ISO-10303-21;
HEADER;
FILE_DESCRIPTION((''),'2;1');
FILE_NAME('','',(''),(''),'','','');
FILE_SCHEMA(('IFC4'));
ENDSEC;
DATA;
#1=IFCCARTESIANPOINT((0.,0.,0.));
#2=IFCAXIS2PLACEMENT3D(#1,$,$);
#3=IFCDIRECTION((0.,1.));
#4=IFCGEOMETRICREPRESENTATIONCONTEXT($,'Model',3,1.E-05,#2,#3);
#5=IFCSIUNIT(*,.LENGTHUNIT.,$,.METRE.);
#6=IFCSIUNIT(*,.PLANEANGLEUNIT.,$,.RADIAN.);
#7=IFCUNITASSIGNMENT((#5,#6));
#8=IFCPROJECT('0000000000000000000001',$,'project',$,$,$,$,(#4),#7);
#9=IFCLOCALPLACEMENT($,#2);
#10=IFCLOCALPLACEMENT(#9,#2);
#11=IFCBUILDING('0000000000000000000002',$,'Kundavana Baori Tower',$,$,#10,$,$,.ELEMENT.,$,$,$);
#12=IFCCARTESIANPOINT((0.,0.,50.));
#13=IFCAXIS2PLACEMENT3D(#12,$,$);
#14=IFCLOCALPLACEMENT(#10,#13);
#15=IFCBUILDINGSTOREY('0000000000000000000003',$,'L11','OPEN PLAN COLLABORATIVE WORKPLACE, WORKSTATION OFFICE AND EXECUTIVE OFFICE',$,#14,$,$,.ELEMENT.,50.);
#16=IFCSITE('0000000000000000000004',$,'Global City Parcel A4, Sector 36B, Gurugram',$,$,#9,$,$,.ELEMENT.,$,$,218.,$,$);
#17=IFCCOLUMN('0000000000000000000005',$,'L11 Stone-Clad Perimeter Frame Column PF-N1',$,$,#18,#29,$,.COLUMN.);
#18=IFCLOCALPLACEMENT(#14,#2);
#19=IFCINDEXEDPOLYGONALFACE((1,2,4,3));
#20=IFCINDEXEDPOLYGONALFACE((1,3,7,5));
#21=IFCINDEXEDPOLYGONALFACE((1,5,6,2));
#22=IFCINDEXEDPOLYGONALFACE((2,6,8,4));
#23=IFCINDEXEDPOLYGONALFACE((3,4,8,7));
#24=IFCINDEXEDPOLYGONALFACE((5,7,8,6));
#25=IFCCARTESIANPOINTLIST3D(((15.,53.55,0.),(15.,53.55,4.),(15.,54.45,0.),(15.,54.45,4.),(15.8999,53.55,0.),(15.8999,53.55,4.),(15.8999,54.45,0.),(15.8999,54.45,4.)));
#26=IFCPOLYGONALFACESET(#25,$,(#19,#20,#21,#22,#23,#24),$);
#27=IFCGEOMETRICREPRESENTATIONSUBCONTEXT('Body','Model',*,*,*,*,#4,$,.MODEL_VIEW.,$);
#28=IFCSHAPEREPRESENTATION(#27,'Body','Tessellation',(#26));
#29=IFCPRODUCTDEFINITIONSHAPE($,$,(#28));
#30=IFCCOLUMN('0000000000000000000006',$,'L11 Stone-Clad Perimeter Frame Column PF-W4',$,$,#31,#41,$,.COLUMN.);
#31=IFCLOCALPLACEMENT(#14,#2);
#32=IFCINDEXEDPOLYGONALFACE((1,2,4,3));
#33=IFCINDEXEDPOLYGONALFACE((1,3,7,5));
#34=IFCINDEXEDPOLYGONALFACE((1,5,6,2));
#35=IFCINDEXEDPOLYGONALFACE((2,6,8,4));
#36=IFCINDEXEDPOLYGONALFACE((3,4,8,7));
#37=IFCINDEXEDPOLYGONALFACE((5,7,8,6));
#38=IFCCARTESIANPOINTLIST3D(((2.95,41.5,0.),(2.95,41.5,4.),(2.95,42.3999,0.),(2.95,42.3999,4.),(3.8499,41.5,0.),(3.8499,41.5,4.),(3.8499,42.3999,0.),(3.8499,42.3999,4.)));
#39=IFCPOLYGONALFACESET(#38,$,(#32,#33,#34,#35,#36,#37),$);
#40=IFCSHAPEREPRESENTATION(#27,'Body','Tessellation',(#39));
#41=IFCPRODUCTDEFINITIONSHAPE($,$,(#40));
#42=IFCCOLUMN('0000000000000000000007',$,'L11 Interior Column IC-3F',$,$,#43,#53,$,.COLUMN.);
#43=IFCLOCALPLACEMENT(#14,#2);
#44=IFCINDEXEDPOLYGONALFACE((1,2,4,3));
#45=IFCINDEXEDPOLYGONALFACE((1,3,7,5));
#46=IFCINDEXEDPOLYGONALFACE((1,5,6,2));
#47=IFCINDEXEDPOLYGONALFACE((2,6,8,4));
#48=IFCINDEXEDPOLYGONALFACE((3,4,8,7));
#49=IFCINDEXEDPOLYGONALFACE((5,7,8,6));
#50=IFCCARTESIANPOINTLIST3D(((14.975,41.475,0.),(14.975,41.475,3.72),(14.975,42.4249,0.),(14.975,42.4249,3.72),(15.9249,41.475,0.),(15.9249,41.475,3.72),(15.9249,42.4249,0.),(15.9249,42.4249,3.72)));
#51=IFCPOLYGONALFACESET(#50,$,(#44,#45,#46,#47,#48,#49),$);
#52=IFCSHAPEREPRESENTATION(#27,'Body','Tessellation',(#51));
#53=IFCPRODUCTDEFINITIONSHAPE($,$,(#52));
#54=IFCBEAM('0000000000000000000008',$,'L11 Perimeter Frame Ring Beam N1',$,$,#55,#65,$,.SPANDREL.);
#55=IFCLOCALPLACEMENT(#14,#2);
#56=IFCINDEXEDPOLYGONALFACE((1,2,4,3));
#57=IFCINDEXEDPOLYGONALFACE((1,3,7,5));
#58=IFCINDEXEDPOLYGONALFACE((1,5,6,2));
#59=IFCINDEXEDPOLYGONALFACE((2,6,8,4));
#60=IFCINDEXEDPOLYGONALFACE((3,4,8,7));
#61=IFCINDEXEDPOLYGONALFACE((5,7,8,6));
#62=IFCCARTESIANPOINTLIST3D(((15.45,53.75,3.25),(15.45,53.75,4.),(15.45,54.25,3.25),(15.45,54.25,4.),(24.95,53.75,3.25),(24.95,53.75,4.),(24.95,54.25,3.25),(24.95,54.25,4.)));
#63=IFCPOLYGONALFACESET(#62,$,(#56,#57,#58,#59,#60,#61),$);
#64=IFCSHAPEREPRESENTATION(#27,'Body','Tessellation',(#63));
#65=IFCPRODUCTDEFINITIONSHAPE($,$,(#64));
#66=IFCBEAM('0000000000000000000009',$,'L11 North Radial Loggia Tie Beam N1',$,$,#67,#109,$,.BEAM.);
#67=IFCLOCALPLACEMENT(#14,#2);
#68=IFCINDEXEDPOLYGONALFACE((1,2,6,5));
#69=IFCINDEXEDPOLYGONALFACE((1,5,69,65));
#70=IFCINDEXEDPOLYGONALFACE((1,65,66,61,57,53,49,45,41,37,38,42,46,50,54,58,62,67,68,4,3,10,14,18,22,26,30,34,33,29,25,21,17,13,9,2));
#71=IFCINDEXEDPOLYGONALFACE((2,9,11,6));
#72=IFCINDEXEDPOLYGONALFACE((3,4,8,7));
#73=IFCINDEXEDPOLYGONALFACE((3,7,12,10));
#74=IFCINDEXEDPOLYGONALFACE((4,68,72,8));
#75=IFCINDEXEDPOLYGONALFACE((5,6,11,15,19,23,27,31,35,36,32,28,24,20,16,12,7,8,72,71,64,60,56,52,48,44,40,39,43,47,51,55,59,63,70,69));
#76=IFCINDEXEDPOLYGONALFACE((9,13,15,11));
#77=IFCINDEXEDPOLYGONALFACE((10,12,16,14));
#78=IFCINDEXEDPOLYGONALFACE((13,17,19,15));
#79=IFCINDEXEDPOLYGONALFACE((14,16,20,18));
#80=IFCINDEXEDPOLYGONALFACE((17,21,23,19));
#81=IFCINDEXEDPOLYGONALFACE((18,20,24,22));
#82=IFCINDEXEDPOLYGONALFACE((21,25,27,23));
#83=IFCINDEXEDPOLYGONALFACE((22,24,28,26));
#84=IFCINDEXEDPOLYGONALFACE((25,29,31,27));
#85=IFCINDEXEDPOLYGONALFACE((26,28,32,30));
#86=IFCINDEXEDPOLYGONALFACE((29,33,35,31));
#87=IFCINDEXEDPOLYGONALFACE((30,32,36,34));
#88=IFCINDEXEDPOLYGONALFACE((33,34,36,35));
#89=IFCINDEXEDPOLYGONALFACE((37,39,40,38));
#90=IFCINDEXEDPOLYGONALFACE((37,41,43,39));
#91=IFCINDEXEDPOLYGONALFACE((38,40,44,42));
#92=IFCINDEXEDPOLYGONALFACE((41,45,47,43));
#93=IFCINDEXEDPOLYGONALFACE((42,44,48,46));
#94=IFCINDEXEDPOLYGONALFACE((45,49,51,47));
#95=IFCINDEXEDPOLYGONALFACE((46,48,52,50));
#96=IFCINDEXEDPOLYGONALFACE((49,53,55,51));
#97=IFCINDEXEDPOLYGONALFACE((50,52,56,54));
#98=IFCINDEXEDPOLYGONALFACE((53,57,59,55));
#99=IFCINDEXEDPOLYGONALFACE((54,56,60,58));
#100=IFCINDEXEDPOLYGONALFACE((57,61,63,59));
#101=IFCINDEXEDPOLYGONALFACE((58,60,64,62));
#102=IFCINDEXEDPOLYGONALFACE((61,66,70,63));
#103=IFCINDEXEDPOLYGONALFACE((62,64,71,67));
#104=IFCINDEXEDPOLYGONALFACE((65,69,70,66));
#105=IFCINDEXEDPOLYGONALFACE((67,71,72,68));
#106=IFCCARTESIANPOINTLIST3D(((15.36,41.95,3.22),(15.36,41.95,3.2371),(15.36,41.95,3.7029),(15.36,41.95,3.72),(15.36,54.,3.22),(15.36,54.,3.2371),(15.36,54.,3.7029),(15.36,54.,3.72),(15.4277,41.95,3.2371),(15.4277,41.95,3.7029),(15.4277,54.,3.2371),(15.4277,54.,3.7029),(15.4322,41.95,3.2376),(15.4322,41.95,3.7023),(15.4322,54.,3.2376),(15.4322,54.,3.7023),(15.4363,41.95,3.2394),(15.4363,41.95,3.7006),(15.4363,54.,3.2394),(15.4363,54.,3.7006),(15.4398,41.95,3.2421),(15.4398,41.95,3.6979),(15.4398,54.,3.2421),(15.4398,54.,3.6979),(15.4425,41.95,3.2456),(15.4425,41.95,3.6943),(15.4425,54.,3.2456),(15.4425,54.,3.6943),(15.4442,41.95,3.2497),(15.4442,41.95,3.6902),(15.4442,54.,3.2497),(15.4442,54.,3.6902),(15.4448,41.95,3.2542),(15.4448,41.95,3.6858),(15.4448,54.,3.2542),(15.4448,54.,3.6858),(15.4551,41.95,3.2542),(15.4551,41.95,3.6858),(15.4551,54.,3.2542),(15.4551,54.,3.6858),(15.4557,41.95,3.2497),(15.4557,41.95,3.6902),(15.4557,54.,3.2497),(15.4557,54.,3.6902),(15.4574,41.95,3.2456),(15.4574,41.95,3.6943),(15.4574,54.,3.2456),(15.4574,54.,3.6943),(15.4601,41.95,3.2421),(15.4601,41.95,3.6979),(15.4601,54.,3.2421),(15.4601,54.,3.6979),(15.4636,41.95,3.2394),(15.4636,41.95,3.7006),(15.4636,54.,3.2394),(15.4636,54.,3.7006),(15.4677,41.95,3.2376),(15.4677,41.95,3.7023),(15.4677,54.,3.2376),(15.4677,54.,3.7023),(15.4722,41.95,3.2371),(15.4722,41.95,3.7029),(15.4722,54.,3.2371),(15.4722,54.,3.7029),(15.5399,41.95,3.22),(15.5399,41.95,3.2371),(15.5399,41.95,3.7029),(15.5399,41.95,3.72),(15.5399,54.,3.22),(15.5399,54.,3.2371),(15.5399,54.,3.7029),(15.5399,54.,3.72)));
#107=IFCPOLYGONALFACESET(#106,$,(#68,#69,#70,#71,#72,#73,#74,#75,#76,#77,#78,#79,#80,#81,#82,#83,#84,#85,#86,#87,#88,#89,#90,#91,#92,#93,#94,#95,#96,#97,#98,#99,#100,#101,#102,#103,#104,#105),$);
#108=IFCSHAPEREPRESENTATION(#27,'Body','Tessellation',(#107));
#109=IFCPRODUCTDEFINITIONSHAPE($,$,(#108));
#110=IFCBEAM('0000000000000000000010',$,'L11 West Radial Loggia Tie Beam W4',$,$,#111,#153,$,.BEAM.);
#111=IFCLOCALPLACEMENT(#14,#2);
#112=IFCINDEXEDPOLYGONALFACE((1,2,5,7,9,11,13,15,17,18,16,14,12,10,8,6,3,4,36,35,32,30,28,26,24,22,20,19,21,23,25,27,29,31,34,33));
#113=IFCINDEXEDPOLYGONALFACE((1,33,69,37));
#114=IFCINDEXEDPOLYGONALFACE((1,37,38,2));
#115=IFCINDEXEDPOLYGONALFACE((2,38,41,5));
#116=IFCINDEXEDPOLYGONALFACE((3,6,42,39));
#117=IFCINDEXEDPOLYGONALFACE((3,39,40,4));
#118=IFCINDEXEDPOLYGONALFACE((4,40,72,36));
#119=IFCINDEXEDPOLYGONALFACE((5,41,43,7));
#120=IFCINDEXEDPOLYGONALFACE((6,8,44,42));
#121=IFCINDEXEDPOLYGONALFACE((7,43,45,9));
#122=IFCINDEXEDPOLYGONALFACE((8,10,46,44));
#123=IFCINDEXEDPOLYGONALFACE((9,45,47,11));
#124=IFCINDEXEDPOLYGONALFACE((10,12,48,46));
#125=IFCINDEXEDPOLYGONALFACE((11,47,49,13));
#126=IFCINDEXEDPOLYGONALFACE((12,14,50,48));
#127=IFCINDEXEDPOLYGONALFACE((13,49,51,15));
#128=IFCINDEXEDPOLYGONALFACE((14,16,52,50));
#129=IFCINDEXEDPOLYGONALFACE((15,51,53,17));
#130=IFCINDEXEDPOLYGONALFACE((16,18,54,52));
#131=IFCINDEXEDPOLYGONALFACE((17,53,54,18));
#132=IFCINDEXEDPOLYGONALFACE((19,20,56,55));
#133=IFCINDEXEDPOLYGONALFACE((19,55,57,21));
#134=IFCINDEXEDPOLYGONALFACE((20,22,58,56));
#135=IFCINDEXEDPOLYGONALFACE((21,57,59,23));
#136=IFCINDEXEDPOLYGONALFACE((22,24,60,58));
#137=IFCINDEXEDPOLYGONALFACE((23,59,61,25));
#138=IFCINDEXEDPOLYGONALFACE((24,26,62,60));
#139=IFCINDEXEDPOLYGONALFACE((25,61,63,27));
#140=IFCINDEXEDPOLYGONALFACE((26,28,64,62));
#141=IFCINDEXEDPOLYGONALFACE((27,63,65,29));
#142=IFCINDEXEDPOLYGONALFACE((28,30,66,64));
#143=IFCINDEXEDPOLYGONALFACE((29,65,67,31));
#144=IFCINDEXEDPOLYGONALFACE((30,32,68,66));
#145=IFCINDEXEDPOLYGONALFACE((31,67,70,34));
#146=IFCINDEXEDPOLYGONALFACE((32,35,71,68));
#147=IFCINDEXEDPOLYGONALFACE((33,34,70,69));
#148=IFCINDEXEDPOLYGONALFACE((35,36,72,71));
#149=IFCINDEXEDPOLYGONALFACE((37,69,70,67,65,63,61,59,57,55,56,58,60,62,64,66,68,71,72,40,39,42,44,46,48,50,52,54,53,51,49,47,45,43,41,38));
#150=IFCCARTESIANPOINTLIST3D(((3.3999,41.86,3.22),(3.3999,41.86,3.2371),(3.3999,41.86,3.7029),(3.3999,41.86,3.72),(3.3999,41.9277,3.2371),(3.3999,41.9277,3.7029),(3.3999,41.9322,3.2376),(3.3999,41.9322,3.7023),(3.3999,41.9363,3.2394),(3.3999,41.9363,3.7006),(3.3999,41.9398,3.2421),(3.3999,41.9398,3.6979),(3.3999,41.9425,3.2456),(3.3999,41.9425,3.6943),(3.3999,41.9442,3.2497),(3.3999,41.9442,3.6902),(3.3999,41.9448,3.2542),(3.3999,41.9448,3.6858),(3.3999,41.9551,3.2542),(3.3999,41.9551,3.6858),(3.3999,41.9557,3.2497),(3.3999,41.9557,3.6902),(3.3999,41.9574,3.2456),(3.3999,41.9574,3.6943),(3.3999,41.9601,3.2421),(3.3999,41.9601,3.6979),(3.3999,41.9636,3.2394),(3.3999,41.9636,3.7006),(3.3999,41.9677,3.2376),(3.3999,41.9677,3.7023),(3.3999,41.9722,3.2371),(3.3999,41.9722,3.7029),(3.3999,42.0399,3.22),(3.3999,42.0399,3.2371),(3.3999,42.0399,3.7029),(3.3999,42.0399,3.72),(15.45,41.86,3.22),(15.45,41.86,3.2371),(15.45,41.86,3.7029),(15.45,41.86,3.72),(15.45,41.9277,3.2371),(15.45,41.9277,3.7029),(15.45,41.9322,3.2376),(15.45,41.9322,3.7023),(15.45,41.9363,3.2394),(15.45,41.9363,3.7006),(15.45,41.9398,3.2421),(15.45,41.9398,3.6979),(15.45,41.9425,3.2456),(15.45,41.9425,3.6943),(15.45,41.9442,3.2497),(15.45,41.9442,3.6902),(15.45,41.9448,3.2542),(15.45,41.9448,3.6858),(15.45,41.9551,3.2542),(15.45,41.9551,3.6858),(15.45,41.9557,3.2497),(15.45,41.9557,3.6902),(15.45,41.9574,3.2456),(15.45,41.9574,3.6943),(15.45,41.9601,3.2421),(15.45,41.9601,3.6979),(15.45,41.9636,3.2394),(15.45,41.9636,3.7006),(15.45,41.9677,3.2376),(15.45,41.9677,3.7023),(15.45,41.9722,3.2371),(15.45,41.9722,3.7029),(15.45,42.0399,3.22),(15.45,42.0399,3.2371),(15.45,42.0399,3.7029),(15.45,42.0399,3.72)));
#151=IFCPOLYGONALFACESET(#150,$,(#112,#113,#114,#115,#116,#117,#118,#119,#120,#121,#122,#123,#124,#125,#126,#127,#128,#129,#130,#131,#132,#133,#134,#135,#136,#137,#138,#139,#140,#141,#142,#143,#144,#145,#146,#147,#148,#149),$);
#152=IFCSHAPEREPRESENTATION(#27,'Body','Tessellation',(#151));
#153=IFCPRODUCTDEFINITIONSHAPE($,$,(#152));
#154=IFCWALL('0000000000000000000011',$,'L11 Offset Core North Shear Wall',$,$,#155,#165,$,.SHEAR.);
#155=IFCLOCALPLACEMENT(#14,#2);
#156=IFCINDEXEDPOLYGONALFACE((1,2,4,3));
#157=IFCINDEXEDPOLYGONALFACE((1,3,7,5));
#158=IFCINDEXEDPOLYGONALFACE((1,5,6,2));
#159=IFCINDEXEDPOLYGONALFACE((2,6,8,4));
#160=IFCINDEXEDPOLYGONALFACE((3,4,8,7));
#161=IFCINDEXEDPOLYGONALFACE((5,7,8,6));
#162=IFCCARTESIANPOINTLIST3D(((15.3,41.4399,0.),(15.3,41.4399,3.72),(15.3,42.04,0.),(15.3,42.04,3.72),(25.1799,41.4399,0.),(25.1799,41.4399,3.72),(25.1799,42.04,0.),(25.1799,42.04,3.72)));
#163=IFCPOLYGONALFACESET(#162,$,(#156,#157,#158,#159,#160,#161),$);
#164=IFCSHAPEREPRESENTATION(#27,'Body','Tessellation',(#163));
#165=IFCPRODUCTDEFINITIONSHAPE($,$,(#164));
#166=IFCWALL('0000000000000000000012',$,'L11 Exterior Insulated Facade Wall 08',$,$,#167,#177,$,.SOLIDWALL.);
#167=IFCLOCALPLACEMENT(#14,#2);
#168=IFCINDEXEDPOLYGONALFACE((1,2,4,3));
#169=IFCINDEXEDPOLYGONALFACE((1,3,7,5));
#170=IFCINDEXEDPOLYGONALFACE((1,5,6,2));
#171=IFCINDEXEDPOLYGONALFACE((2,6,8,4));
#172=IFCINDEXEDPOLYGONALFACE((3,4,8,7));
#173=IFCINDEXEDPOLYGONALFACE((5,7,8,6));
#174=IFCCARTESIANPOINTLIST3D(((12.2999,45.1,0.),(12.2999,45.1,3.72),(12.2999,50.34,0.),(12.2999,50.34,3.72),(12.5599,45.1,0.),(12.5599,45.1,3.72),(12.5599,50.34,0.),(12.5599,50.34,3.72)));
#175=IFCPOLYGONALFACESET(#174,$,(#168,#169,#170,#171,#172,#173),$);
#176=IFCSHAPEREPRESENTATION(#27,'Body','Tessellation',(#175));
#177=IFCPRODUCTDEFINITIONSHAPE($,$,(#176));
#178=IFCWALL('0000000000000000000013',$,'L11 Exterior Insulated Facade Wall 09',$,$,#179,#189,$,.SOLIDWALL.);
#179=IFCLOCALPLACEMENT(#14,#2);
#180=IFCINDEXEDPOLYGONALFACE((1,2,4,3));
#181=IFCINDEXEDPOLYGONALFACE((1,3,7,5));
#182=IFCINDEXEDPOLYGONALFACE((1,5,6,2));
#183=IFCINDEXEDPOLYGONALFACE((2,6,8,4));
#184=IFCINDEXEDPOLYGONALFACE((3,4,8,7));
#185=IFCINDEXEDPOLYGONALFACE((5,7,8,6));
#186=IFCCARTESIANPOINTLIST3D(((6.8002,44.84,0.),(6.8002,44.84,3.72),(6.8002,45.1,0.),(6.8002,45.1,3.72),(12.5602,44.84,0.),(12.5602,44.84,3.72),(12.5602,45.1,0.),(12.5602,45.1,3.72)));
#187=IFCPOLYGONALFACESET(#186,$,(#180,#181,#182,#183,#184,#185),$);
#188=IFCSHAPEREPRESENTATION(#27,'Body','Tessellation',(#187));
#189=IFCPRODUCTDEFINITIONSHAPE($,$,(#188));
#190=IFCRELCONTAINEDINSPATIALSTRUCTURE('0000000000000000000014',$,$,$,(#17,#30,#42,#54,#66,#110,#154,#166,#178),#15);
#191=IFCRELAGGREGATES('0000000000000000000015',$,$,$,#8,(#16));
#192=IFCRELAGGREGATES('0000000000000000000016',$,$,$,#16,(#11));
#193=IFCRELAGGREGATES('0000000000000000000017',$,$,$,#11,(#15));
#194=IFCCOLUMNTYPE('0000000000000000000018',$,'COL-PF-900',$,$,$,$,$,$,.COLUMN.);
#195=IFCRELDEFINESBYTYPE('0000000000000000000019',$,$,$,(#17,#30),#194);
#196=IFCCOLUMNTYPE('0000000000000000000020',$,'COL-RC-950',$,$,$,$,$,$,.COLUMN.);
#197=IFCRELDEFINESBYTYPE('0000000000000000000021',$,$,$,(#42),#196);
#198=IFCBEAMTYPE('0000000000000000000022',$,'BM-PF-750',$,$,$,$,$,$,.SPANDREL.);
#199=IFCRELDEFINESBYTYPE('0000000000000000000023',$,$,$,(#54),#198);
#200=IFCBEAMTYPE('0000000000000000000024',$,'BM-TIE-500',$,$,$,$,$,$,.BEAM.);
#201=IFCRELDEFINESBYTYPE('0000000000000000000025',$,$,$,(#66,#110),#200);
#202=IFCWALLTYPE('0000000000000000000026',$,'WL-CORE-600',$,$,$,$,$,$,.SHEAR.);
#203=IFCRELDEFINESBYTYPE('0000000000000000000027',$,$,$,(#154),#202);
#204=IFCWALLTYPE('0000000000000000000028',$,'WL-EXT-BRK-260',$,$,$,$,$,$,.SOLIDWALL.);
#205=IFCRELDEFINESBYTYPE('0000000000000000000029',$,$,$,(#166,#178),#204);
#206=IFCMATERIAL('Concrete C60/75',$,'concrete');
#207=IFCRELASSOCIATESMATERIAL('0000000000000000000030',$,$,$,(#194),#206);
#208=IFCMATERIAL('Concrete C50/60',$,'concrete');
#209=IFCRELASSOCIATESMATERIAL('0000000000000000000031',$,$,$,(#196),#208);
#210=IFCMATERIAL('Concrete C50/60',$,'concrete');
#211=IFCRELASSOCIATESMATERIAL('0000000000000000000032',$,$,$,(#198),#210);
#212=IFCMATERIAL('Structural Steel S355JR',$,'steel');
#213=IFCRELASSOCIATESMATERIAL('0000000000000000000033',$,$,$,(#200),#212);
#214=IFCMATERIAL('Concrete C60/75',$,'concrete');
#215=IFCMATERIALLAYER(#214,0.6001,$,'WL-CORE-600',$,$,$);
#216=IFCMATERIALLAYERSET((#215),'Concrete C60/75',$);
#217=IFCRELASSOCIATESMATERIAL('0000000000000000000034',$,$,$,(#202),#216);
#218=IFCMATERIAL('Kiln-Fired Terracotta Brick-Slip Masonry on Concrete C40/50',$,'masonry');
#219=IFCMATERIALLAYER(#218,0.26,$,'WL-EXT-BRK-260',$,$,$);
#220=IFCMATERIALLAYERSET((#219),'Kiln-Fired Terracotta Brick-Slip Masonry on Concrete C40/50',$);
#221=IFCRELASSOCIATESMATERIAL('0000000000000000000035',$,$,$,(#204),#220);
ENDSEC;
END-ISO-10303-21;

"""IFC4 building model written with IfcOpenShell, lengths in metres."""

from ifc_helpers import new_model, si_unit, direction, frame, frame_2d, origin, origin_2d, place, context, subcontext, project, spatial, rectangle, i_section, extrude, material, layer, layer_set, material_profile, profile_set, type_object, element, save


model = new_model("IFC4")

# Units and contexts
model_context = context("Model", 3, precision=1e-05, world=origin(), true_north=direction((0.0, 1.0)))
body_context = subcontext(model_context, "Body", "Model", "MODEL_VIEW")
ifc_project = project(units=[si_unit("LENGTHUNIT", "METRE"), si_unit("PLANEANGLEUNIT", "RADIAN")], contexts=[model_context])

# Site, building, storey
site_placement = place(None, origin())
site = spatial("IfcSite", under=ifc_project, at=site_placement, Name="Global City Parcel A4, Sector 36B, Gurugram", CompositionType="ELEMENT", RefElevation=218.0)
building_placement = place(site_placement, origin())
building = spatial("IfcBuilding", under=site, at=building_placement, Name="Kundavana Baori Tower", CompositionType="ELEMENT")
storey_placement = place(building_placement, frame((0.0, 0.0, 50.0)))
storey = spatial("IfcBuildingStorey", under=building, at=storey_placement, Name="L11", Description="OPEN PLAN COLLABORATIVE WORKPLACE, WORKSTATION OFFICE AND EXECUTIVE OFFICE", CompositionType="ELEMENT", Elevation=50.0)

# Columns
ifc_material_1 = material(Name="Concrete C60/75", Category="concrete")
ifc_material_profile_1 = material_profile(ifc_material_1, rectangle(XDim=0.8999, YDim=0.8999, at=origin_2d()), Name="RC PF 900x900")
ifc_profile_set_1 = profile_set([ifc_material_profile_1], Name="Concrete C60/75")
column_type_1 = type_object("IfcColumnType", Name="COL-PF-900", PredefinedType="COLUMN", material=ifc_profile_set_1)
for number, where, z_axis, x_axis, name in (
    (1, (15.45, 54.0, 0.0), (0.0, 0.0, 1.0), (1.0, 0.0, 0.0), "L11 Stone-Clad Perimeter Frame Column PF-N1"),
    (2, (3.3999, 41.95, 0.0), (0.0, 0.0, 1.0), (1.0, 0.0, 0.0), "L11 Stone-Clad Perimeter Frame Column PF-W4"),
):
    element("IfcColumn", number, at=place(storey_placement, frame(where, z_axis=z_axis, x_axis=x_axis)), inside=storey, type_object=column_type_1, Name=name, PredefinedType="COLUMN", context=body_context, shape_type="SweptSolid", body=[
        extrude(rectangle(XDim=0.8999, YDim=0.8999, at=origin_2d()), origin(), (0.0, 0.0, 1.0), 4.0),
    ])
ifc_material_2 = material(Name="Concrete C50/60", Category="concrete")
ifc_material_profile_2 = material_profile(ifc_material_2, rectangle(XDim=0.95, YDim=0.95, at=origin_2d()), Name="RC 950x950")
ifc_profile_set_2 = profile_set([ifc_material_profile_2], Name="Concrete C50/60")
column_type_2 = type_object("IfcColumnType", Name="COL-RC-950", PredefinedType="COLUMN", material=ifc_profile_set_2)
column_placement = place(storey_placement, frame((15.45, 41.95, 0.0), z_axis=(0.0, 0.0, 1.0), x_axis=(1.0, 0.0, 0.0)))
element("IfcColumn", 3, at=column_placement, inside=storey, type_object=column_type_2, Name="L11 Interior Column IC-3F", PredefinedType="COLUMN", context=body_context, shape_type="SweptSolid", body=[
    extrude(rectangle(XDim=0.95, YDim=0.95, at=origin_2d()), origin(), (0.0, 0.0, 1.0), 3.72),
])

# Beams
ifc_material_3 = material(Name="Concrete C50/60", Category="concrete")
ifc_material_profile_3 = material_profile(ifc_material_3, rectangle(XDim=0.5, YDim=0.75, at=origin_2d()), Name="RC BM 500x750")
ifc_profile_set_3 = profile_set([ifc_material_profile_3], Name="Concrete C50/60")
beam_type_1 = type_object("IfcBeamType", Name="BM-PF-750", PredefinedType="SPANDREL", material=ifc_profile_set_3)
beam_placement = place(storey_placement, frame((15.45, 54.0, 3.625), z_axis=(1.0, 0.0, 0.0), x_axis=(0.0, 1.0, 0.0)))
element("IfcBeam", 4, at=beam_placement, inside=storey, type_object=beam_type_1, Name="L11 Perimeter Frame Ring Beam N1", PredefinedType="SPANDREL", context=body_context, shape_type="SweptSolid", body=[
    extrude(rectangle(XDim=0.5, YDim=0.75, at=origin_2d()), origin(), (0.0, 0.0, 1.0), 9.5),
])
ifc_material_4 = material(Name="Structural Steel S355JR", Category="steel")
ifc_material_profile_4 = material_profile(ifc_material_4, i_section(OverallWidth=0.1799, OverallDepth=0.5, WebThickness=0.0103, FlangeThickness=0.0171, FilletRadius=0.0171, at=origin_2d()), Name="ISMB 500")
ifc_profile_set_4 = profile_set([ifc_material_profile_4], Name="Structural Steel S355JR")
beam_type_2 = type_object("IfcBeamType", Name="BM-TIE-500", PredefinedType="BEAM", material=ifc_profile_set_4)
for number, where, z_axis, x_axis, name in (
    (5, (15.45, 41.95, 3.47), (0.0, 1.0, 0.0), (-1.0, 0.0, 0.0), "L11 North Radial Loggia Tie Beam N1"),
    (6, (15.45, 41.95, 3.47), (-1.0, 0.0, 0.0), (0.0, -1.0, 0.0), "L11 West Radial Loggia Tie Beam W4"),
):
    element("IfcBeam", number, at=place(storey_placement, frame(where, z_axis=z_axis, x_axis=x_axis)), inside=storey, type_object=beam_type_2, Name=name, PredefinedType="BEAM", context=body_context, shape_type="SweptSolid", body=[
        extrude(i_section(OverallWidth=0.1799, OverallDepth=0.5, WebThickness=0.0103, FlangeThickness=0.0171, FilletRadius=0.0171, at=origin_2d()), origin(), (0.0, 0.0, 1.0), 12.05),
    ])

# Walls
ifc_material_5 = material(Name="Concrete C60/75", Category="concrete")
ifc_layer_1 = layer(ifc_material_5, 0.6001, Name="WL-CORE-600")
ifc_layer_set_1 = layer_set([ifc_layer_1], Name="Concrete C60/75")
wall_type_1 = type_object("IfcWallType", Name="WL-CORE-600", PredefinedType="SHEAR", material=ifc_layer_set_1)
wall_1_placement = place(storey_placement, frame((15.3, 41.74, 0.0), z_axis=(0.0, 0.0, 1.0), x_axis=(1.0, 0.0, 0.0)))
element("IfcWall", 7, at=wall_1_placement, inside=storey, type_object=wall_type_1, Name="L11 Offset Core North Shear Wall", PredefinedType="SHEAR", context=body_context, shape_type="SweptSolid", body=[
    extrude(rectangle(XDim=9.8799, YDim=0.6001, at=frame_2d((4.9399, 0.0))), origin(), (0.0, 0.0, 1.0), 3.72),
])
ifc_material_6 = material(Name="Kiln-Fired Terracotta Brick-Slip Masonry on Concrete C40/50", Category="masonry")
ifc_layer_2 = layer(ifc_material_6, 0.26, Name="WL-EXT-BRK-260")
ifc_layer_set_2 = layer_set([ifc_layer_2], Name="Kiln-Fired Terracotta Brick-Slip Masonry on Concrete C40/50")
wall_type_2 = type_object("IfcWallType", Name="WL-EXT-BRK-260", PredefinedType="SOLIDWALL", material=ifc_layer_set_2)
wall_2_placement = place(storey_placement, frame((12.4299, 50.3401, 0.0), z_axis=(0.0, 0.0, 1.0), x_axis=(0.0, -1.0, 0.0)))
element("IfcWall", 8, at=wall_2_placement, inside=storey, type_object=wall_type_2, Name="L11 Exterior Insulated Facade Wall 08", PredefinedType="SOLIDWALL", context=body_context, shape_type="SweptSolid", body=[
    extrude(rectangle(XDim=5.24, YDim=0.26, at=frame_2d((2.6201, 0.0))), origin(), (0.0, 0.0, 1.0), 3.72),
])
wall_3_placement = place(storey_placement, frame((12.5601, 44.97, 0.0), z_axis=(0.0, 0.0, 1.0), x_axis=(-1.0, 0.0, 0.0)))
element("IfcWall", 9, at=wall_3_placement, inside=storey, type_object=wall_type_2, Name="L11 Exterior Insulated Facade Wall 09", PredefinedType="SOLIDWALL", context=body_context, shape_type="SweptSolid", body=[
    extrude(rectangle(XDim=5.76, YDim=0.26, at=frame_2d((2.8799, 0.0))), origin(), (0.0, 0.0, 1.0), 3.72),
])

save(model, "model.ifc")
